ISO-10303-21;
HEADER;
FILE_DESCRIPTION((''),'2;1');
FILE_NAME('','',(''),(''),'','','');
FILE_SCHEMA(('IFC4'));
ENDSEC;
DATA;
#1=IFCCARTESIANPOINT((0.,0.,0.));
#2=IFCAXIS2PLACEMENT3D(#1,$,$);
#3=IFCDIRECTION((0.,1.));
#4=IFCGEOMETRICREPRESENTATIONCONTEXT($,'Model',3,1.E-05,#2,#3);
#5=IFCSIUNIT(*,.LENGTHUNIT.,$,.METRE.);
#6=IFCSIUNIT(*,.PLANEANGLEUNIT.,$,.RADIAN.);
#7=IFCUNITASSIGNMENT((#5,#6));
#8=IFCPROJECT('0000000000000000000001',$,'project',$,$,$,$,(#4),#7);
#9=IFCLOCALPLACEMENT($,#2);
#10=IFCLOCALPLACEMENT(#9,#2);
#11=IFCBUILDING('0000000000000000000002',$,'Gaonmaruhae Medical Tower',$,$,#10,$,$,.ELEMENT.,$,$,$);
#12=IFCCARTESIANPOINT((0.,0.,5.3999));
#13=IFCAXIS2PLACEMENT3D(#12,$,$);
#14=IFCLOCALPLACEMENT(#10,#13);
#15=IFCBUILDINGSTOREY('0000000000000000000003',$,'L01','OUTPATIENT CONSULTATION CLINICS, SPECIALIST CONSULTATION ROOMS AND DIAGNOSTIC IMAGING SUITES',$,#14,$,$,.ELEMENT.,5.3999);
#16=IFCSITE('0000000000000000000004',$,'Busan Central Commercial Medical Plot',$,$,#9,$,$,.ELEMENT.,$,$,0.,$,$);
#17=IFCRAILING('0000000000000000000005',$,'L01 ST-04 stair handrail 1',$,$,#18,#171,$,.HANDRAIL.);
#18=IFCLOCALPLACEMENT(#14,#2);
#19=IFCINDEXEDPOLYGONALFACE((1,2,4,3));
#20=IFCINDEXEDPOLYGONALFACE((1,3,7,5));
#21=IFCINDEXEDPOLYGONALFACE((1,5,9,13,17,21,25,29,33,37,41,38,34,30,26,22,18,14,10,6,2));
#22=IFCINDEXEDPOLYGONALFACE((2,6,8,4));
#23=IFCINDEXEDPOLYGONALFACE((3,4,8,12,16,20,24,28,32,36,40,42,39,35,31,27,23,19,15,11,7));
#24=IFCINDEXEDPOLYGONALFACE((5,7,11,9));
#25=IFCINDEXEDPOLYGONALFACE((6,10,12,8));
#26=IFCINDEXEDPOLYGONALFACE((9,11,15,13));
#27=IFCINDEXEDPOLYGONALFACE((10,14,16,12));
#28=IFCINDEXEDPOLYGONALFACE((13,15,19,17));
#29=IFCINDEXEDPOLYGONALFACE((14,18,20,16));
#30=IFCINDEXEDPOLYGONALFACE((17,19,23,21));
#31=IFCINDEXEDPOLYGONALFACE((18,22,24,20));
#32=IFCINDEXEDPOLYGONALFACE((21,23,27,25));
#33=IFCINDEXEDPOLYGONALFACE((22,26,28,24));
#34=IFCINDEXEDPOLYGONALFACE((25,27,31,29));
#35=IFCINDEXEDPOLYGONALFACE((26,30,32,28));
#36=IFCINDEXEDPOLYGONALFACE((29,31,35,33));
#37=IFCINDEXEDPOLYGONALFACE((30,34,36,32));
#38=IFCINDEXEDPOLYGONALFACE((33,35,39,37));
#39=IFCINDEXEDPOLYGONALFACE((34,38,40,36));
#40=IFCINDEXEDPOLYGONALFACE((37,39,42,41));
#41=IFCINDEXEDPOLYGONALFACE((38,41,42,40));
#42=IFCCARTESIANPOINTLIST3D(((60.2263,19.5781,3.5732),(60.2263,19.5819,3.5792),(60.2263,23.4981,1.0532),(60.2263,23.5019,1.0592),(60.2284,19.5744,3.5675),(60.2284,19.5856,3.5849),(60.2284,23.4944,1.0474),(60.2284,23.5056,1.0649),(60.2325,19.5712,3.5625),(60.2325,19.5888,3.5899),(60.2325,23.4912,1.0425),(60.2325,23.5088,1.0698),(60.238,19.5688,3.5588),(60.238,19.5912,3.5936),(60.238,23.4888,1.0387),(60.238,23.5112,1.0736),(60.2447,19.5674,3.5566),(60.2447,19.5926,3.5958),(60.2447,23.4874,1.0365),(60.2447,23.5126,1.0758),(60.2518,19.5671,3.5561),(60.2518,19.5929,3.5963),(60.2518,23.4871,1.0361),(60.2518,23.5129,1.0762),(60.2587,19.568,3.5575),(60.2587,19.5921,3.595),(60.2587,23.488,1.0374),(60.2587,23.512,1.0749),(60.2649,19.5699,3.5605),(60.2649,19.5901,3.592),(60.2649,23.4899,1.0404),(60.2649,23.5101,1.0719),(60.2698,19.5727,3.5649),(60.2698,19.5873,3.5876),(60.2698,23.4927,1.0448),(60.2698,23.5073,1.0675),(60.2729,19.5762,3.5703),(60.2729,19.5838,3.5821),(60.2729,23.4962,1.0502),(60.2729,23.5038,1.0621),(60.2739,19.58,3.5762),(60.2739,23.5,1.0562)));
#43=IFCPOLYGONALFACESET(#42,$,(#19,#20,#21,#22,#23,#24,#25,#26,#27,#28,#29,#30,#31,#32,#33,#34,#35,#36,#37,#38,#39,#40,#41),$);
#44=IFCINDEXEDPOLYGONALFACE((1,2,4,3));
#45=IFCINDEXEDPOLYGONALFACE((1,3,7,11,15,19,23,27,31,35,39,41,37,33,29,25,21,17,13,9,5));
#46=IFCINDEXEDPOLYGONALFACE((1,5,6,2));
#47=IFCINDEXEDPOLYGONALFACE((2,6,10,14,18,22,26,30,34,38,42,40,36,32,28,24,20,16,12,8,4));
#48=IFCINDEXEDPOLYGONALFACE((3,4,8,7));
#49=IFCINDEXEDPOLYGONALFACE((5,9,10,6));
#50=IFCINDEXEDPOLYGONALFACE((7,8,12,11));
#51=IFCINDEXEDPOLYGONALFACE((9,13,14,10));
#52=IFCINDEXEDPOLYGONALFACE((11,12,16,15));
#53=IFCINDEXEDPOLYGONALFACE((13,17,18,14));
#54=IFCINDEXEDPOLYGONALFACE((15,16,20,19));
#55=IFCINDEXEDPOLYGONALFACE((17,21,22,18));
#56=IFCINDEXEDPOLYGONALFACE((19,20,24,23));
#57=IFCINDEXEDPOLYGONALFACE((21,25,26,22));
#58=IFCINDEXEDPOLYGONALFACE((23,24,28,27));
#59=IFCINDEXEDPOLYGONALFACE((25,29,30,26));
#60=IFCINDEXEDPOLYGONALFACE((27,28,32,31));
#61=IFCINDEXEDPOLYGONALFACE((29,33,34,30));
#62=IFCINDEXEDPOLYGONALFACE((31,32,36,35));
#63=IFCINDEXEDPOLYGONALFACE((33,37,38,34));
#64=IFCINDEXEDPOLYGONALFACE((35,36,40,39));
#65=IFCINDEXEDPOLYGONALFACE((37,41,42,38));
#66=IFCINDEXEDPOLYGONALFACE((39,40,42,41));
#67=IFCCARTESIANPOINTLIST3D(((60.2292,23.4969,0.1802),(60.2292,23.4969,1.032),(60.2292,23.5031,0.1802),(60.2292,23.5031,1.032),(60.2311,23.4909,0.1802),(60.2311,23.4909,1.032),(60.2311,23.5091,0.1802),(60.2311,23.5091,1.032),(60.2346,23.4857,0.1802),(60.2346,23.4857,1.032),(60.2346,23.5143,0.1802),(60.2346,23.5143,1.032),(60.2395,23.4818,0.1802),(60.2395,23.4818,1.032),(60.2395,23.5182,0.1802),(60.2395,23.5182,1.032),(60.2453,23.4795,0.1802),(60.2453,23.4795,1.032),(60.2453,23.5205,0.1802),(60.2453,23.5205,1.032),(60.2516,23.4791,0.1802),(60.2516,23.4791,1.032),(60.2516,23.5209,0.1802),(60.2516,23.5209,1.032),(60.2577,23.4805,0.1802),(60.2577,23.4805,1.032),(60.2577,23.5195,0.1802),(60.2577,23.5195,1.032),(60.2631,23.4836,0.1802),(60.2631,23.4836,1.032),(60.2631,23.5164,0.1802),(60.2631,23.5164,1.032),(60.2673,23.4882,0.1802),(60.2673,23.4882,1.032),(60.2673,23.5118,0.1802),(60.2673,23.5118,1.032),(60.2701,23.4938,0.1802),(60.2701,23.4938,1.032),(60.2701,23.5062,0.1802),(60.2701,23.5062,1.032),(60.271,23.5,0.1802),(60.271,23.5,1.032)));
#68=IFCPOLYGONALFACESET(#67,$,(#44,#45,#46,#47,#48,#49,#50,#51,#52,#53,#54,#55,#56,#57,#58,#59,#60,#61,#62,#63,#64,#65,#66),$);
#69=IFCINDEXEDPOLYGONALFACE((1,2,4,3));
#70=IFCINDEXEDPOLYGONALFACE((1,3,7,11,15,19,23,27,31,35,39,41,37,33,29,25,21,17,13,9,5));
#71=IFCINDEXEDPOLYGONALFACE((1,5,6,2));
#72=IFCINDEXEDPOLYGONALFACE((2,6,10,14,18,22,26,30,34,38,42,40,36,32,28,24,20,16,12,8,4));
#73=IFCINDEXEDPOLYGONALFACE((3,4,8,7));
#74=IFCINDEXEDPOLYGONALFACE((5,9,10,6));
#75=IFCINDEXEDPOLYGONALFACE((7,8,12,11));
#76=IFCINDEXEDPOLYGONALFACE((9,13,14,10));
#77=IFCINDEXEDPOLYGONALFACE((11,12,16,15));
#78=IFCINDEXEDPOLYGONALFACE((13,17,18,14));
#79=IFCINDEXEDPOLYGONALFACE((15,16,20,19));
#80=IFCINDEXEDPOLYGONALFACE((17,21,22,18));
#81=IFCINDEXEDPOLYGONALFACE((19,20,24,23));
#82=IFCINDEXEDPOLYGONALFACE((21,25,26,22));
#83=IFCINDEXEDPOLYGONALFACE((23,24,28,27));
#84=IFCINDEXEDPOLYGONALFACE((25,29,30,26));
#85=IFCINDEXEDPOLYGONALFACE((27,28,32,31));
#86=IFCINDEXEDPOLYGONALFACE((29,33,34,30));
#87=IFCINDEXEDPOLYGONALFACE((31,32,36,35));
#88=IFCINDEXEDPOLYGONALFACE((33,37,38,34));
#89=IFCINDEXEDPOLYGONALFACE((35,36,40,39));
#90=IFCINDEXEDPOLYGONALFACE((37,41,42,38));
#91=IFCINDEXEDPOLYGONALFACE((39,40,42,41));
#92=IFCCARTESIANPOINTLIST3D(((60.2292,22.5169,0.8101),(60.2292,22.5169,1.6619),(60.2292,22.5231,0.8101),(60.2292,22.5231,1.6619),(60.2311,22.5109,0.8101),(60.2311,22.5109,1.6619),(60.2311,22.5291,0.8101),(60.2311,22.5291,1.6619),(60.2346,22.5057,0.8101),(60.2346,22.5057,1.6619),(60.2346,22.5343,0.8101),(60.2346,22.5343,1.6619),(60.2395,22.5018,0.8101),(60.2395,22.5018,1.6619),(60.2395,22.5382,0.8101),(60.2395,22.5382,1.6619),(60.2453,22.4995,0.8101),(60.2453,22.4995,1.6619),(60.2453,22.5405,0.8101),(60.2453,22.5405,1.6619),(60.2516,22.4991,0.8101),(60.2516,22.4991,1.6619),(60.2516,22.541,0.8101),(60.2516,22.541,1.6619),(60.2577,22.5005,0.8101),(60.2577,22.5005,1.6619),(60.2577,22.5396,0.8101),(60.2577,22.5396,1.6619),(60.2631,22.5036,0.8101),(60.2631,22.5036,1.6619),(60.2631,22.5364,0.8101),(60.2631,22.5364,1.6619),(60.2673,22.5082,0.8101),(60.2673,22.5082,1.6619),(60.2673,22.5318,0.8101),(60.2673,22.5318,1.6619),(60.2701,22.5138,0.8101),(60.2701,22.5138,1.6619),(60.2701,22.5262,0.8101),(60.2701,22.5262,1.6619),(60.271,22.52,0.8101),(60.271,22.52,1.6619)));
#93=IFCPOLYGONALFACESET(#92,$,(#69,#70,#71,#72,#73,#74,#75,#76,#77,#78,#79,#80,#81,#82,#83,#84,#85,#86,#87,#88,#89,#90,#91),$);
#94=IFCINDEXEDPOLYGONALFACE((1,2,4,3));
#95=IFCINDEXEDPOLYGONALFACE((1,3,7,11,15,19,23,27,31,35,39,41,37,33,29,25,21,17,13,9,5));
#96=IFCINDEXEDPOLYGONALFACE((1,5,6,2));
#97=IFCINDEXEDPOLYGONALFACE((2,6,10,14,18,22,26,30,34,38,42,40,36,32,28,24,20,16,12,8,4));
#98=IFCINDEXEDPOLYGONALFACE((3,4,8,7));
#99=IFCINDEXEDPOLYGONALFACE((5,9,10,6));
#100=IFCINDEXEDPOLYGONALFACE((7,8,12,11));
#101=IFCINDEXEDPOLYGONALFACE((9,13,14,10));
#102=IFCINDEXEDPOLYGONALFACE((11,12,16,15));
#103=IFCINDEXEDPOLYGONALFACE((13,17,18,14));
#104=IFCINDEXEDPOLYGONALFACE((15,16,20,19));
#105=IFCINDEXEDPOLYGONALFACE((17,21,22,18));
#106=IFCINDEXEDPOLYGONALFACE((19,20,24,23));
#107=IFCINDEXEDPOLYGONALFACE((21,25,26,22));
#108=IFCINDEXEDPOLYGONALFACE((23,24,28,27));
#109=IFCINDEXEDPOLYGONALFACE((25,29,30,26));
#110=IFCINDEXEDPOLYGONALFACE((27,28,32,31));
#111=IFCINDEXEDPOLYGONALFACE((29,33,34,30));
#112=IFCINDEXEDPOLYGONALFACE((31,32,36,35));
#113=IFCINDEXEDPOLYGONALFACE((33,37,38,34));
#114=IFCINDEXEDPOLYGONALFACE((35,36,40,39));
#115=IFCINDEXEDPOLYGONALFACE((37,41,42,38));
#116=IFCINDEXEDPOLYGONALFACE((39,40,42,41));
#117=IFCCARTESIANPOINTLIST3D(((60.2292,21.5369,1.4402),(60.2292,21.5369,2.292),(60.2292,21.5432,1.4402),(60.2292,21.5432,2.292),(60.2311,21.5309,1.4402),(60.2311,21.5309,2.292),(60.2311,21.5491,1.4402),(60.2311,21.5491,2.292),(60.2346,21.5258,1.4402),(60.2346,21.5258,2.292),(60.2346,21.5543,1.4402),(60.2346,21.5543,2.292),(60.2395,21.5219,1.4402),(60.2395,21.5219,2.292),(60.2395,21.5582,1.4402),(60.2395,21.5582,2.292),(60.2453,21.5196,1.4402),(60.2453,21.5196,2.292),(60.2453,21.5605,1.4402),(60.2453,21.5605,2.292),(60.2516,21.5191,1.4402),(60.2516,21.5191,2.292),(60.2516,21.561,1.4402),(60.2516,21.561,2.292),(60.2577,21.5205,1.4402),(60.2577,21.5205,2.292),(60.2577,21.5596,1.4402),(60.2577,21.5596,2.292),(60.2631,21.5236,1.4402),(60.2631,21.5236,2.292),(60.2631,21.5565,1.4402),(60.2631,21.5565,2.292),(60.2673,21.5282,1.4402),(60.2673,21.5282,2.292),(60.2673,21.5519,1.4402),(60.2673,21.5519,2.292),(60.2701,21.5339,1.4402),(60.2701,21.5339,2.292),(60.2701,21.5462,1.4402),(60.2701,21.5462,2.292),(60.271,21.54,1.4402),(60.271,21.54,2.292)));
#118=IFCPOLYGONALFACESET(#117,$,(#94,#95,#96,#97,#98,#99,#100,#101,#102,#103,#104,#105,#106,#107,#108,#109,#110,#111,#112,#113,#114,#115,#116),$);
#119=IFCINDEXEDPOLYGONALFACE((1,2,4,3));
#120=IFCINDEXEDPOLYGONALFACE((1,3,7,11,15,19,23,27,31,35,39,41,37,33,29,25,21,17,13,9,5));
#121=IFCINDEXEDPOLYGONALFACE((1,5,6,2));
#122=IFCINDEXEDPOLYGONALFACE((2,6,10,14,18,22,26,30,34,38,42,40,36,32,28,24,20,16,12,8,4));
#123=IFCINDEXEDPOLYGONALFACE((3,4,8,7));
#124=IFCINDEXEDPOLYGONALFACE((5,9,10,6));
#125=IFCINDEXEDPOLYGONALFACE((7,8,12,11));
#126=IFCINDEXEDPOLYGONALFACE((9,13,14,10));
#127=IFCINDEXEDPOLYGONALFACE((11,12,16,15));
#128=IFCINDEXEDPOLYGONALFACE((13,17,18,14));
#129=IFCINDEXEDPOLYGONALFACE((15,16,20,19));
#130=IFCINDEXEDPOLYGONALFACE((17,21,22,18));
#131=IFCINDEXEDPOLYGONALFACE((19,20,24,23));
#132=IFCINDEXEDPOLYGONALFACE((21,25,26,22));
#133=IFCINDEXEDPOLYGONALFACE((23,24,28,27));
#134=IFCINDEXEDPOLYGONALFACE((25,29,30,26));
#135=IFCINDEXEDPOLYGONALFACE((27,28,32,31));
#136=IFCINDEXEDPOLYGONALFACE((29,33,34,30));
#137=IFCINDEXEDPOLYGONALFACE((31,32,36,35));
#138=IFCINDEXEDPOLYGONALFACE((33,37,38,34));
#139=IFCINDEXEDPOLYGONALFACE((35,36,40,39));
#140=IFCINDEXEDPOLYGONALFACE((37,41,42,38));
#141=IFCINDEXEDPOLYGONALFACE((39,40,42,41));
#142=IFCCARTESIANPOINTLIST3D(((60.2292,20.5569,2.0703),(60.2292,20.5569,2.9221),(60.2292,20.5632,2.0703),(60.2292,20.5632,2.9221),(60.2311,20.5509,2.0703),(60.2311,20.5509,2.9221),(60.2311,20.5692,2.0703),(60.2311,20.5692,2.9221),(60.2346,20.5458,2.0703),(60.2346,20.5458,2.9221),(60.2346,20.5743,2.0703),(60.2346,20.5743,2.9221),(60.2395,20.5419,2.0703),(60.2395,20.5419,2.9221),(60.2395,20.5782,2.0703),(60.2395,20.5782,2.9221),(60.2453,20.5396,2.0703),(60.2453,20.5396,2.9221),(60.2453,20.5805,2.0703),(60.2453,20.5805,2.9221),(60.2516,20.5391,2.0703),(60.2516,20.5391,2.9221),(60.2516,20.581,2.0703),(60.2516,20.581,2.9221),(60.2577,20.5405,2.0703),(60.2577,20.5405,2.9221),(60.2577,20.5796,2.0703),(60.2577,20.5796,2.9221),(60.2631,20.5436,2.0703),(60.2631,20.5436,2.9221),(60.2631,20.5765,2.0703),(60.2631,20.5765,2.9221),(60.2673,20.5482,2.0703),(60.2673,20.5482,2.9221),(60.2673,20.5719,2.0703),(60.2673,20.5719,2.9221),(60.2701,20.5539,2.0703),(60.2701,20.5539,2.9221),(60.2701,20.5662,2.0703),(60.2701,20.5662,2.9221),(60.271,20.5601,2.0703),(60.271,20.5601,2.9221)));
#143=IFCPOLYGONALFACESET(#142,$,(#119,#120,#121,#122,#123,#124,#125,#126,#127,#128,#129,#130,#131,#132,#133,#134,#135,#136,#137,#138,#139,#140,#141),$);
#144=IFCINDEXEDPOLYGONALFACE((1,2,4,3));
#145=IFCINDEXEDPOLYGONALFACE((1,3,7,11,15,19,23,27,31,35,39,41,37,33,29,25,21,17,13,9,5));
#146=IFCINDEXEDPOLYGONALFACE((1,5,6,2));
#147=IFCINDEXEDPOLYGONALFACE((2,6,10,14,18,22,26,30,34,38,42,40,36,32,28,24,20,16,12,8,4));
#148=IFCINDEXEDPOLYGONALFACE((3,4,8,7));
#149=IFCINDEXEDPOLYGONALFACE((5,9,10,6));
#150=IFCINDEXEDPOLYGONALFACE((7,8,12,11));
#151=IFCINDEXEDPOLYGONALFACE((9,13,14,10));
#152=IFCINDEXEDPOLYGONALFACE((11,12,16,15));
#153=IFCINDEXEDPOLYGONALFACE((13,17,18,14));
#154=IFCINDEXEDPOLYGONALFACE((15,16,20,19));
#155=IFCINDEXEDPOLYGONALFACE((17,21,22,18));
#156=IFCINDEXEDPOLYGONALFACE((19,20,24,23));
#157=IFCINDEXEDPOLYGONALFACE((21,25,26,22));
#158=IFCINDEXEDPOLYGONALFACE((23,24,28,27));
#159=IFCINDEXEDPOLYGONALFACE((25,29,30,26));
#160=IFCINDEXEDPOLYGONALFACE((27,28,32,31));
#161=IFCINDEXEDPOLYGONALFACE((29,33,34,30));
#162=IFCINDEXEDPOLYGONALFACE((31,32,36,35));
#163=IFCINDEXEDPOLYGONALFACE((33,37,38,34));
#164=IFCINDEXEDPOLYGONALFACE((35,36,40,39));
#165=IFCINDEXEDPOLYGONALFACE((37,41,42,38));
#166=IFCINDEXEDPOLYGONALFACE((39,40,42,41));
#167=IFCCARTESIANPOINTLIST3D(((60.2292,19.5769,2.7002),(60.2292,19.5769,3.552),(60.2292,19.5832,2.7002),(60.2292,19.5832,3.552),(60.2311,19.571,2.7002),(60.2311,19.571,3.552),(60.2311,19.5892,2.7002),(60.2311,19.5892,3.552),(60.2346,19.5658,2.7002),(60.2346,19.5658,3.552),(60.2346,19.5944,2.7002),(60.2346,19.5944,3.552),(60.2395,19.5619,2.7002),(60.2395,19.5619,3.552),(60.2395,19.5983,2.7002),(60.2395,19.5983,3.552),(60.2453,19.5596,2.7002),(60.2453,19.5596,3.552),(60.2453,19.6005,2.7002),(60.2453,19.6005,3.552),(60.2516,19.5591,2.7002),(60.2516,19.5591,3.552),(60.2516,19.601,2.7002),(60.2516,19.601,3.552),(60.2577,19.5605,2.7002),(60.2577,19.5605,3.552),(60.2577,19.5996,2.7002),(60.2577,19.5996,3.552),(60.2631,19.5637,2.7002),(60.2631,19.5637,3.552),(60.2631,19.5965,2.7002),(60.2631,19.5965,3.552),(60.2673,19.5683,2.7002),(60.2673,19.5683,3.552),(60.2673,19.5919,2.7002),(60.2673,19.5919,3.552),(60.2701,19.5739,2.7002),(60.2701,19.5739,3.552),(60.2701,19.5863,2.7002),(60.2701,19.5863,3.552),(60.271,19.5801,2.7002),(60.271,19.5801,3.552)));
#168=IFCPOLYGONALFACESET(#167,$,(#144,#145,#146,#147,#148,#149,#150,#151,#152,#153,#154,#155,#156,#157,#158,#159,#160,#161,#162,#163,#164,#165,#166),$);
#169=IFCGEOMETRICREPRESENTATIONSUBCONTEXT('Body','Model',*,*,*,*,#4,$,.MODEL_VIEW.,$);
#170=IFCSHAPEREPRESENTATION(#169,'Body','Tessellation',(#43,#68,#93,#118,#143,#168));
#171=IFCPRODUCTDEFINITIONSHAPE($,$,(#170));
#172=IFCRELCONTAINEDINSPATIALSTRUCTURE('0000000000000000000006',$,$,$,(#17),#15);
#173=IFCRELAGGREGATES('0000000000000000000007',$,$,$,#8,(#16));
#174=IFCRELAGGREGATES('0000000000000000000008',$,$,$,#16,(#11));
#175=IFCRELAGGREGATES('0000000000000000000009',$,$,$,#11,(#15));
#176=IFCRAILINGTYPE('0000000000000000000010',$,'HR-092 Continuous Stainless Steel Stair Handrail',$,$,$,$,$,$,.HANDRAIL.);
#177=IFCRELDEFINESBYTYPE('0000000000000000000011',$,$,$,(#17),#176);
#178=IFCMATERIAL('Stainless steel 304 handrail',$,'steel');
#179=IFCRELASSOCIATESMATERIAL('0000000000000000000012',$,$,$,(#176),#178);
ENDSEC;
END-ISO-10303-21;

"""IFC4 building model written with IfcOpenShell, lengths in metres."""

from ifc_helpers import new_model, si_unit, direction, frame, origin, origin_2d, place, context, subcontext, project, spatial, circle, extrude, material, type_object, element, save


model = new_model("IFC4")

# Units and contexts
model_context = context("Model", 3, precision=1e-05, world=origin(), true_north=direction((0.0, 1.0)))
body_context = subcontext(model_context, "Body", "Model", "MODEL_VIEW")
ifc_project = project(units=[si_unit("LENGTHUNIT", "METRE"), si_unit("PLANEANGLEUNIT", "RADIAN")], contexts=[model_context])

# Site, building, storey
site_placement = place(None, origin())
site = spatial("IfcSite", under=ifc_project, at=site_placement, Name="Busan Central Commercial Medical Plot", CompositionType="ELEMENT", RefElevation=0.0)
building_placement = place(site_placement, origin())
building = spatial("IfcBuilding", under=site, at=building_placement, Name="Gaonmaruhae Medical Tower", CompositionType="ELEMENT")
storey_placement = place(building_placement, frame((0.0, 0.0, 5.3999)))
storey = spatial("IfcBuildingStorey", under=building, at=storey_placement, Name="L01", Description="OUTPATIENT CONSULTATION CLINICS, SPECIALIST CONSULTATION ROOMS AND DIAGNOSTIC IMAGING SUITES", CompositionType="ELEMENT", Elevation=5.3999)

# Railing
ifc_material_1 = material(Name="Stainless steel 304 handrail", Category="steel")
railing_type_1 = type_object("IfcRailingType", Name="HR-092 Continuous Stainless Steel Stair Handrail", PredefinedType="HANDRAIL", material=ifc_material_1)
railing_1_placement = place(storey_placement, frame((60.25, 23.5, 0.1802)))
element("IfcRailing", 1, at=railing_1_placement, inside=storey, type_object=railing_type_1, Name="L01 ST-04 stair handrail 1", PredefinedType="HANDRAIL", context=body_context, shape_type="SweptSolid", body=[
    extrude(circle(Radius=0.0239, at=origin_2d()), frame((0.0, 0.0, 0.876), z_axis=(0.0, -0.841172, 0.540768), x_axis=(1.0, 0.0, 0.0)), (0.0, 0.0, 1.0), 4.6602),
    extrude(circle(Radius=0.021, at=origin_2d()), origin(), (0.0, 0.0, 1.0), 0.8518),
    extrude(circle(Radius=0.021, at=origin_2d()), frame((0.0, -0.98, 0.6299)), (0.0, 0.0, 1.0), 0.8518),
    extrude(circle(Radius=0.021, at=origin_2d()), frame((0.0, -1.96, 1.26)), (0.0, 0.0, 1.0), 0.8518),
    extrude(circle(Radius=0.021, at=origin_2d()), frame((0.0, -2.9399, 1.8901)), (0.0, 0.0, 1.0), 0.8518),
    extrude(circle(Radius=0.021, at=origin_2d()), frame((0.0, -3.9199, 2.52)), (0.0, 0.0, 1.0), 0.8518),
])

save(model, "model.ifc")
